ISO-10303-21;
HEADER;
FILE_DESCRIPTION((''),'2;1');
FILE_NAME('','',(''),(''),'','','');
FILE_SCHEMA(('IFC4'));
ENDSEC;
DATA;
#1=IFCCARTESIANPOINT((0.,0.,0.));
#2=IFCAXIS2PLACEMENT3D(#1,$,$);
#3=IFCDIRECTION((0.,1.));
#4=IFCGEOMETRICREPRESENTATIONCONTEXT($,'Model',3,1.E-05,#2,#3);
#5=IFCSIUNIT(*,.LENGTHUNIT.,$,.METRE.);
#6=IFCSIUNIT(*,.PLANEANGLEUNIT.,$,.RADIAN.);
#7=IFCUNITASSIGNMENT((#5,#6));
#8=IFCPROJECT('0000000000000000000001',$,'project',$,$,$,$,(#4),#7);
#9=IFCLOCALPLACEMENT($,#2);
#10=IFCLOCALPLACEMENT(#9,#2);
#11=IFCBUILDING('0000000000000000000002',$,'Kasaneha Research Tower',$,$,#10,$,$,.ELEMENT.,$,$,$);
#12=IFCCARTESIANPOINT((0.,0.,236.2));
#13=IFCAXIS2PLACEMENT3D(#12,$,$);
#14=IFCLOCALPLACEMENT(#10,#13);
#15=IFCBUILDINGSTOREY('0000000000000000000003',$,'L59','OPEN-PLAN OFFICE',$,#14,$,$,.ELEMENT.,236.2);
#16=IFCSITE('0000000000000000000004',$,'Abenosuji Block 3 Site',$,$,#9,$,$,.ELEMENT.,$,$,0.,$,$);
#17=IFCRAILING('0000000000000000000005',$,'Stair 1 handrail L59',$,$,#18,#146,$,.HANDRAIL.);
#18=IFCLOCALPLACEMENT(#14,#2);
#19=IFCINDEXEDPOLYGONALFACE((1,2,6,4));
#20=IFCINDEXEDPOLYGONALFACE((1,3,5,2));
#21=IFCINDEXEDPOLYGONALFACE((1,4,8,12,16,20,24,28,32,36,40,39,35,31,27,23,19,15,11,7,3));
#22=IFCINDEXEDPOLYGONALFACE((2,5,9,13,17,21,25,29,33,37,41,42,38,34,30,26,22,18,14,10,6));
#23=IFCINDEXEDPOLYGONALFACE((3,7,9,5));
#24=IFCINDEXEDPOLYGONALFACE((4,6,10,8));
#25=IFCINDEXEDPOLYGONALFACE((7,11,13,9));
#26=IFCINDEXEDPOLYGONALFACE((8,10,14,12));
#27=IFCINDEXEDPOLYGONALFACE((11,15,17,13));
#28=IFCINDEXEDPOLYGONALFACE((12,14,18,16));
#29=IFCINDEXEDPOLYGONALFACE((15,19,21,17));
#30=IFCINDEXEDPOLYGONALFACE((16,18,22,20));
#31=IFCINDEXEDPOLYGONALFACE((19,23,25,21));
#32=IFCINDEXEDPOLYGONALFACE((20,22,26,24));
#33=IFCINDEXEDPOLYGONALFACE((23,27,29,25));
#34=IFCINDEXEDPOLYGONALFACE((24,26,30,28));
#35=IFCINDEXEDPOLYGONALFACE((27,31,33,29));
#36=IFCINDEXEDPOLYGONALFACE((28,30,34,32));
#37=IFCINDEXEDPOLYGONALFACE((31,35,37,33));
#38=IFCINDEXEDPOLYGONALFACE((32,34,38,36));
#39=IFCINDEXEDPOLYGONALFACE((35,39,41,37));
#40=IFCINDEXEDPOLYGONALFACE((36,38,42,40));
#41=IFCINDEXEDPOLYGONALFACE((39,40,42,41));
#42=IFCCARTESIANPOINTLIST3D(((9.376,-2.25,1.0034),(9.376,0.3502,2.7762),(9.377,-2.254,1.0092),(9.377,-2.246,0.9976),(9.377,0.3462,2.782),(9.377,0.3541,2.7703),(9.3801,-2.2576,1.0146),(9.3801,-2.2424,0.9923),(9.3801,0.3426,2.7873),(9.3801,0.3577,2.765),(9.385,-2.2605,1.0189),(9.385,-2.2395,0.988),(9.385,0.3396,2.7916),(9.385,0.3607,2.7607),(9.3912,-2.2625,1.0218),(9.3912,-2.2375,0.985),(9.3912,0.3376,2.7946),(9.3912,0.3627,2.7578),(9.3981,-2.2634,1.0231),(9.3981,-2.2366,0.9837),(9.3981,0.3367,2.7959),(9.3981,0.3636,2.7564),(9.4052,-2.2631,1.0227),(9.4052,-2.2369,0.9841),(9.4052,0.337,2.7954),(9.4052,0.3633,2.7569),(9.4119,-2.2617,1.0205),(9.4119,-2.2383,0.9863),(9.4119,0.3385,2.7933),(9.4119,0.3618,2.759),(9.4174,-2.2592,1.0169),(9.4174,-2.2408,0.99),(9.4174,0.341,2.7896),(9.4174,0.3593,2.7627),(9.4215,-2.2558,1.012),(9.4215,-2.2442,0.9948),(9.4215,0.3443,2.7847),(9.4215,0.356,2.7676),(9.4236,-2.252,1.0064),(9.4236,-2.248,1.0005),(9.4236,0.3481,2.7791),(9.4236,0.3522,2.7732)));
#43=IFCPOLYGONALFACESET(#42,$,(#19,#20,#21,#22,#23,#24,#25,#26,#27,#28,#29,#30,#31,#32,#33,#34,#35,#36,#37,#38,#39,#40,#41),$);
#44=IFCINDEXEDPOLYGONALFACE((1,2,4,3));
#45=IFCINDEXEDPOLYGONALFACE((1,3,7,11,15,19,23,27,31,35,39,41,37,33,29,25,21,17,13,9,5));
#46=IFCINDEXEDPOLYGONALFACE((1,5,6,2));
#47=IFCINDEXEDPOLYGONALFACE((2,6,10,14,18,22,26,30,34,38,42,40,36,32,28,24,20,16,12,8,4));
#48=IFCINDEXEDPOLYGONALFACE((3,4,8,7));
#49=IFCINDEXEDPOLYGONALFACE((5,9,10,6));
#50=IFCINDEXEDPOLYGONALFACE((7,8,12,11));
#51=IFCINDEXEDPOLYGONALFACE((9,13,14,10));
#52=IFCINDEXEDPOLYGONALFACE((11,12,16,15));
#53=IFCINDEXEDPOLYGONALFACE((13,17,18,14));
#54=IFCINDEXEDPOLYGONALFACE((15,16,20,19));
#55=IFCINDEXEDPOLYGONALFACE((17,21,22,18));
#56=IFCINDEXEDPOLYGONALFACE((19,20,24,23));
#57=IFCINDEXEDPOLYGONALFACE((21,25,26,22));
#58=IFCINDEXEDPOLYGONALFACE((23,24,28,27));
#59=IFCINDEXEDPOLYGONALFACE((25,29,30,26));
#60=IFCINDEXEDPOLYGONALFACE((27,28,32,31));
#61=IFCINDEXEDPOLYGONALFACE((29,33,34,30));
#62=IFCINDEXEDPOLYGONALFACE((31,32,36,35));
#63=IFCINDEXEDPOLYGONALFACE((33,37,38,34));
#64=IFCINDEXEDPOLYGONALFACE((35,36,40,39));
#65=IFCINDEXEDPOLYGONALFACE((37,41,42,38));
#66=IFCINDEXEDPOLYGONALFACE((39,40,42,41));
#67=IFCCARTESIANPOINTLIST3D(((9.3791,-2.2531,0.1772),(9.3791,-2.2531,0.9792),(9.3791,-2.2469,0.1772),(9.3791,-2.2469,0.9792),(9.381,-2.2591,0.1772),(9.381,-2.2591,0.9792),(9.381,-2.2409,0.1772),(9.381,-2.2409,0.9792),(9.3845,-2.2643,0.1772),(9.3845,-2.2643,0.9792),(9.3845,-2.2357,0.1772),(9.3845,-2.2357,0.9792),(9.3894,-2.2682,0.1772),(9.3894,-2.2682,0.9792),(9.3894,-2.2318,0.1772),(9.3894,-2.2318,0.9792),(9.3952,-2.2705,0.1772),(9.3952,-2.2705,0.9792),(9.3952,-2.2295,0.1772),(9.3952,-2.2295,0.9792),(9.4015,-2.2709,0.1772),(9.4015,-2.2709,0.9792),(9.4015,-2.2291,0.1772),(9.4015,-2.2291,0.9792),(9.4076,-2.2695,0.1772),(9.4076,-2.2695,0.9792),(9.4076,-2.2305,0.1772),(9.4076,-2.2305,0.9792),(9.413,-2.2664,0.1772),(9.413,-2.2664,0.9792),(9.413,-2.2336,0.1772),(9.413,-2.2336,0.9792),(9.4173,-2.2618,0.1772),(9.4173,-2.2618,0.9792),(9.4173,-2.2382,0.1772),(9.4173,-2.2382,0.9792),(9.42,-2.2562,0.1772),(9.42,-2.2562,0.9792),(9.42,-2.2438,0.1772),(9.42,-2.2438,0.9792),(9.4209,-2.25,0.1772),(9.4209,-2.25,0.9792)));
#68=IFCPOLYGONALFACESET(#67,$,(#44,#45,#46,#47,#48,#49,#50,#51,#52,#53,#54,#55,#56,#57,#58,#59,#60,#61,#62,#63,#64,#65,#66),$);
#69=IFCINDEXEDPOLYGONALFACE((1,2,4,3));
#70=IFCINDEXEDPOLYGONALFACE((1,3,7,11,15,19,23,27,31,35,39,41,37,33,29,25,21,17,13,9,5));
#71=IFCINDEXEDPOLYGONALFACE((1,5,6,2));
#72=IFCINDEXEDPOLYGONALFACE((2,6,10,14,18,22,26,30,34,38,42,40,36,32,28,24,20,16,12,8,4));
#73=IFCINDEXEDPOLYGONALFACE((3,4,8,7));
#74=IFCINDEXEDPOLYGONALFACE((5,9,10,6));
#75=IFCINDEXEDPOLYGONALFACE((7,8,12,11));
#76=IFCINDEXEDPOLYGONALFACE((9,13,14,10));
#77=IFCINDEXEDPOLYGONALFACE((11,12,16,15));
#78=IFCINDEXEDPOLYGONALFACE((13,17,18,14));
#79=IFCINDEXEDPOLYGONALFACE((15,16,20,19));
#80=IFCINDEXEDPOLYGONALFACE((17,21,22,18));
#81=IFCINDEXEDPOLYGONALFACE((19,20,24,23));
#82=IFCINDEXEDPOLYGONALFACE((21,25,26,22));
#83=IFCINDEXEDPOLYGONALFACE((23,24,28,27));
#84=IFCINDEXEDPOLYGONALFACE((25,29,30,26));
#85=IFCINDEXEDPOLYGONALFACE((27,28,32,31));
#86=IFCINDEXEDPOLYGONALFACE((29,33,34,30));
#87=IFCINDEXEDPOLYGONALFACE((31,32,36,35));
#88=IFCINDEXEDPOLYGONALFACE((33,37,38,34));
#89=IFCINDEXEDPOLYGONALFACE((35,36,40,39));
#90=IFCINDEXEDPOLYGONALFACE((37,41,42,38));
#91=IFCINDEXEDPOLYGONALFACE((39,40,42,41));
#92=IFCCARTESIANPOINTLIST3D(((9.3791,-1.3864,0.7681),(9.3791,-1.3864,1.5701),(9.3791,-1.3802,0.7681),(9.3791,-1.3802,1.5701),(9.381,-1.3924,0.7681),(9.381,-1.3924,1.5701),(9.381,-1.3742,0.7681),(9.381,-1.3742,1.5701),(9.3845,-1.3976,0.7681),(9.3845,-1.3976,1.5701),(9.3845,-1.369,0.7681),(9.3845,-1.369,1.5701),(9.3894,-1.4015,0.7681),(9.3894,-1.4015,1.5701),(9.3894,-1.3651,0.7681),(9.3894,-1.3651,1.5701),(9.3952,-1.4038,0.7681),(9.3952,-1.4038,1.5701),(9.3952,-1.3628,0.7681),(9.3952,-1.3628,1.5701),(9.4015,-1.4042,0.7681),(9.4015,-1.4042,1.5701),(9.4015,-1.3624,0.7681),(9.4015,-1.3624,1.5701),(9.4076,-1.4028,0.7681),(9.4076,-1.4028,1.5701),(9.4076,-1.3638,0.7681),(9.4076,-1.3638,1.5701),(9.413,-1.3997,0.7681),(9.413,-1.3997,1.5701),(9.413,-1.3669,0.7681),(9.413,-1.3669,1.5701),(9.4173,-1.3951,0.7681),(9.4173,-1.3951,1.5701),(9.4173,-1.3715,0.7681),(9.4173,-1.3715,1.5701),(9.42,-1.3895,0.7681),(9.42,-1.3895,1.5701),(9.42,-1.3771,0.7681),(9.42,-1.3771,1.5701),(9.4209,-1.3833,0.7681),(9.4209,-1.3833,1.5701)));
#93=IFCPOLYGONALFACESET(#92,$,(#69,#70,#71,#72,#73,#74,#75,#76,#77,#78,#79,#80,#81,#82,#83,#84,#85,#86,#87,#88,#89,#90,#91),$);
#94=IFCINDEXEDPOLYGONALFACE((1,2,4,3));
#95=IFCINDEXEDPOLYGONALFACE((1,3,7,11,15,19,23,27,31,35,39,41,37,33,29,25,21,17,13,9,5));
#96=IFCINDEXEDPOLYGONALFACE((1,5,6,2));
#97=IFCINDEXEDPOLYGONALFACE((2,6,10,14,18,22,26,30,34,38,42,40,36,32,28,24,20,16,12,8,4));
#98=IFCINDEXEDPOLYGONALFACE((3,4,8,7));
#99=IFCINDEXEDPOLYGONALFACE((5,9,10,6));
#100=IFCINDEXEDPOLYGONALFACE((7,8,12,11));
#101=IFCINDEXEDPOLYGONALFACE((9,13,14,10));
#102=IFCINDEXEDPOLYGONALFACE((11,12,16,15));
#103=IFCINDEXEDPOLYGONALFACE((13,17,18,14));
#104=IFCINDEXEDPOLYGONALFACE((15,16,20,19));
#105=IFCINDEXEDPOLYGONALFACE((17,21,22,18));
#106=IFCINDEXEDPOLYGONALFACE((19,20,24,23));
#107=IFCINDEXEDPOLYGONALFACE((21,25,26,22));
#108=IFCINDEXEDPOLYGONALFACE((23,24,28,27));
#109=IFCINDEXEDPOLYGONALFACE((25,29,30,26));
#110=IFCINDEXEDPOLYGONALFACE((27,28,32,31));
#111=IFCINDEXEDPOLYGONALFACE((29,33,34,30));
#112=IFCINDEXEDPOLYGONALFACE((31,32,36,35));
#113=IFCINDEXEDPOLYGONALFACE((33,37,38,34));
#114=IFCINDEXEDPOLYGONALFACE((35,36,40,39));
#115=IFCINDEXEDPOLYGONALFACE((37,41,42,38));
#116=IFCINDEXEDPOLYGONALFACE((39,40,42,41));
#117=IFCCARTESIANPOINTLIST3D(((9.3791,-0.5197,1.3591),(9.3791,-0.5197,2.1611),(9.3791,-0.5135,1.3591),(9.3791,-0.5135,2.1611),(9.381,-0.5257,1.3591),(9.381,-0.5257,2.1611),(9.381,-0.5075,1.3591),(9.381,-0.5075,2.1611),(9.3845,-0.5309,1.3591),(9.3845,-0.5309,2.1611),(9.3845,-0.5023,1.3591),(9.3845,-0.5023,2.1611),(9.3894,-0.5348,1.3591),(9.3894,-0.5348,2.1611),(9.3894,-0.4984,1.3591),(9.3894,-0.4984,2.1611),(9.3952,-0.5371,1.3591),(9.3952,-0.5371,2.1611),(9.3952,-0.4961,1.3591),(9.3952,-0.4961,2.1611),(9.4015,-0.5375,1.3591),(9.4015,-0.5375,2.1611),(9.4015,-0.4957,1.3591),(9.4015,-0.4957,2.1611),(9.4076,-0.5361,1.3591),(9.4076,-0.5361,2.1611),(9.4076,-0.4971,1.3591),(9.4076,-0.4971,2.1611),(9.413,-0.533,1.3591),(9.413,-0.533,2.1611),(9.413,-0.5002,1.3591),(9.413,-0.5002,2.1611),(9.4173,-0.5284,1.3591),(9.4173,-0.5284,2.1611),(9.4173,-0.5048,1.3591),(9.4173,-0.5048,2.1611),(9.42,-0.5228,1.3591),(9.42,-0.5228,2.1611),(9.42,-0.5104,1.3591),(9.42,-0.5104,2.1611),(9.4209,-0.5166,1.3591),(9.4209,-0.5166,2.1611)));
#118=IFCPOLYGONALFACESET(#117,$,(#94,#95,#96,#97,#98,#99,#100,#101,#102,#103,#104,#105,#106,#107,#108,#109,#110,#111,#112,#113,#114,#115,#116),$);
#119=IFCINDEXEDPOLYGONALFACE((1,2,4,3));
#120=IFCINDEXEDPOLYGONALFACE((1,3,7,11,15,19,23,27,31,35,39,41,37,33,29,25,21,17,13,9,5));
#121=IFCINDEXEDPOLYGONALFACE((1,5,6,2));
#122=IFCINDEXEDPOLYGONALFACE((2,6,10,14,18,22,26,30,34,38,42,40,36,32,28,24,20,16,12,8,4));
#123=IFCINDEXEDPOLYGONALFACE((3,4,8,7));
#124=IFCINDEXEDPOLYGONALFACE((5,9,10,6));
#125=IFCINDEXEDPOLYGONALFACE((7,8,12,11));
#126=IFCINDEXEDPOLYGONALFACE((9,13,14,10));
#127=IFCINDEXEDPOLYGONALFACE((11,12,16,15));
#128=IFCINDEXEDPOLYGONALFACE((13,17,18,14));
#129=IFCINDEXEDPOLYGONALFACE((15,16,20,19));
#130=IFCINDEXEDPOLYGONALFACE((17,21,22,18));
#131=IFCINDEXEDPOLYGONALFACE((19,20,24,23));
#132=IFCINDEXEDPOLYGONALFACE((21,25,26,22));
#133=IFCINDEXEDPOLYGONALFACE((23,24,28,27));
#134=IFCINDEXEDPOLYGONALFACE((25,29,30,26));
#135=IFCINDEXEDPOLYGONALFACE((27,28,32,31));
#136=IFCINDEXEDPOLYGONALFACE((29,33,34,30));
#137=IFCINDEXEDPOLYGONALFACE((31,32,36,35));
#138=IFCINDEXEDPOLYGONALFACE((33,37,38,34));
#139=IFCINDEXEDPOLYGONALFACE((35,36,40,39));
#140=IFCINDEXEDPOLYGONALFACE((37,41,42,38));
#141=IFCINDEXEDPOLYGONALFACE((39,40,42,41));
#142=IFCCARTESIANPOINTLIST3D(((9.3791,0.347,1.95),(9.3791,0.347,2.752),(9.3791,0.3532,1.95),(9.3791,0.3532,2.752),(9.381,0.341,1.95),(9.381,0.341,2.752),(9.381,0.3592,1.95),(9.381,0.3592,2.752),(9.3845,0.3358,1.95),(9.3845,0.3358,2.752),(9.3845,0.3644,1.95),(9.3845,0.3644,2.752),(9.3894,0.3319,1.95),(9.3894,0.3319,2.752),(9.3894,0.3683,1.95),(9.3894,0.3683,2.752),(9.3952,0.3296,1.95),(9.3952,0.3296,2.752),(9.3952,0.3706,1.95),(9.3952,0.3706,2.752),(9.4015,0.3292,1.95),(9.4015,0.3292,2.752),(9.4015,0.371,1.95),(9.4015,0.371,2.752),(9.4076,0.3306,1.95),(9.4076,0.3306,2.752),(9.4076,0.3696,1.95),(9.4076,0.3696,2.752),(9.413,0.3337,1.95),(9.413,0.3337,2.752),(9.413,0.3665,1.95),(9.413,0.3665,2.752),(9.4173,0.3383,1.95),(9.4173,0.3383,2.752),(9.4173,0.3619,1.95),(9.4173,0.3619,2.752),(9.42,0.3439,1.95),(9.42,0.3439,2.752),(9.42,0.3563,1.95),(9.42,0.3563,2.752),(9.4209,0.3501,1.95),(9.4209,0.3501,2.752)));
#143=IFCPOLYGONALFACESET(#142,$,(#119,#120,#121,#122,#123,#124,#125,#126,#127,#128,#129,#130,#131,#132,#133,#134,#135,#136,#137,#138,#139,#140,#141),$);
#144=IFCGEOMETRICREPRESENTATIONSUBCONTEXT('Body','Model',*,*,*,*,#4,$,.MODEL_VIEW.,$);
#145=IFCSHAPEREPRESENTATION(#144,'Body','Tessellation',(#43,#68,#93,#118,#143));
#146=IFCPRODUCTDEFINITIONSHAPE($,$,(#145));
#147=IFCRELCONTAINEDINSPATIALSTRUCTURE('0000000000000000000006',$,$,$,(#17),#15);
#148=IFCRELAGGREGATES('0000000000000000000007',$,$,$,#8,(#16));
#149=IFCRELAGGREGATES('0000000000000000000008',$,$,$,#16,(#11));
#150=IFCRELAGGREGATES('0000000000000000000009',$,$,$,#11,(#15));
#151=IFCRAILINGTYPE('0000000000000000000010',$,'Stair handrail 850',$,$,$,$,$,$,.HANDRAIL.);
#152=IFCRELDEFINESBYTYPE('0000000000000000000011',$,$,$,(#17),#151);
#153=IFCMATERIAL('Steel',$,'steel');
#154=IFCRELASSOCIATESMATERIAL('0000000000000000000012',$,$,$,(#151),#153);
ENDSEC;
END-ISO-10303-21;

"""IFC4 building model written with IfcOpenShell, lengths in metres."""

from ifc_helpers import new_model, si_unit, direction, frame, origin, origin_2d, place, context, subcontext, project, spatial, circle, extrude, material, type_object, element, save


model = new_model("IFC4")

# Units and contexts
model_context = context("Model", 3, precision=1e-05, world=origin(), true_north=direction((0.0, 1.0)))
body_context = subcontext(model_context, "Body", "Model", "MODEL_VIEW")
ifc_project = project(units=[si_unit("LENGTHUNIT", "METRE"), si_unit("PLANEANGLEUNIT", "RADIAN")], contexts=[model_context])

# Site, building, storey
site_placement = place(None, origin())
site = spatial("IfcSite", under=ifc_project, at=site_placement, Name="Abenosuji Block 3 Site", CompositionType="ELEMENT", RefElevation=0.0)
building_placement = place(site_placement, origin())
building = spatial("IfcBuilding", under=site, at=building_placement, Name="Kasaneha Research Tower", CompositionType="ELEMENT")
storey_placement = place(building_placement, frame((0.0, 0.0, 236.2)))
storey = spatial("IfcBuildingStorey", under=building, at=storey_placement, Name="L59", Description="OPEN-PLAN OFFICE", CompositionType="ELEMENT", Elevation=236.2)

# Railing
ifc_material_1 = material(Name="Steel", Category="steel")
railing_type_1 = type_object("IfcRailingType", Name="Stair handrail 850", PredefinedType="HANDRAIL", material=ifc_material_1)
railing_1_placement = place(storey_placement, frame((9.3999, -2.25, 0.1772)))
element("IfcRailing", 1, at=railing_1_placement, inside=storey, type_object=railing_type_1, Name="Stair 1 handrail L59", PredefinedType="HANDRAIL", context=body_context, shape_type="SweptSolid", body=[
    extrude(circle(Radius=0.0239, at=origin_2d()), frame((0.0, 0.0, 0.8262), z_axis=(0.0, 0.82624, 0.563318), x_axis=(-1.0, 0.0, 0.0)), (0.0, 0.0, 1.0), 3.147),
    extrude(circle(Radius=0.021, at=origin_2d()), origin(), (0.0, 0.0, 1.0), 0.802),
    extrude(circle(Radius=0.021, at=origin_2d()), frame((0.0, 0.8667, 0.5908)), (0.0, 0.0, 1.0), 0.802),
    extrude(circle(Radius=0.021, at=origin_2d()), frame((0.0, 1.7334, 1.1819)), (0.0, 0.0, 1.0), 0.802),
    extrude(circle(Radius=0.021, at=origin_2d()), frame((0.0, 2.6001, 1.7727)), (0.0, 0.0, 1.0), 0.802),
])

save(model, "model.ifc")
